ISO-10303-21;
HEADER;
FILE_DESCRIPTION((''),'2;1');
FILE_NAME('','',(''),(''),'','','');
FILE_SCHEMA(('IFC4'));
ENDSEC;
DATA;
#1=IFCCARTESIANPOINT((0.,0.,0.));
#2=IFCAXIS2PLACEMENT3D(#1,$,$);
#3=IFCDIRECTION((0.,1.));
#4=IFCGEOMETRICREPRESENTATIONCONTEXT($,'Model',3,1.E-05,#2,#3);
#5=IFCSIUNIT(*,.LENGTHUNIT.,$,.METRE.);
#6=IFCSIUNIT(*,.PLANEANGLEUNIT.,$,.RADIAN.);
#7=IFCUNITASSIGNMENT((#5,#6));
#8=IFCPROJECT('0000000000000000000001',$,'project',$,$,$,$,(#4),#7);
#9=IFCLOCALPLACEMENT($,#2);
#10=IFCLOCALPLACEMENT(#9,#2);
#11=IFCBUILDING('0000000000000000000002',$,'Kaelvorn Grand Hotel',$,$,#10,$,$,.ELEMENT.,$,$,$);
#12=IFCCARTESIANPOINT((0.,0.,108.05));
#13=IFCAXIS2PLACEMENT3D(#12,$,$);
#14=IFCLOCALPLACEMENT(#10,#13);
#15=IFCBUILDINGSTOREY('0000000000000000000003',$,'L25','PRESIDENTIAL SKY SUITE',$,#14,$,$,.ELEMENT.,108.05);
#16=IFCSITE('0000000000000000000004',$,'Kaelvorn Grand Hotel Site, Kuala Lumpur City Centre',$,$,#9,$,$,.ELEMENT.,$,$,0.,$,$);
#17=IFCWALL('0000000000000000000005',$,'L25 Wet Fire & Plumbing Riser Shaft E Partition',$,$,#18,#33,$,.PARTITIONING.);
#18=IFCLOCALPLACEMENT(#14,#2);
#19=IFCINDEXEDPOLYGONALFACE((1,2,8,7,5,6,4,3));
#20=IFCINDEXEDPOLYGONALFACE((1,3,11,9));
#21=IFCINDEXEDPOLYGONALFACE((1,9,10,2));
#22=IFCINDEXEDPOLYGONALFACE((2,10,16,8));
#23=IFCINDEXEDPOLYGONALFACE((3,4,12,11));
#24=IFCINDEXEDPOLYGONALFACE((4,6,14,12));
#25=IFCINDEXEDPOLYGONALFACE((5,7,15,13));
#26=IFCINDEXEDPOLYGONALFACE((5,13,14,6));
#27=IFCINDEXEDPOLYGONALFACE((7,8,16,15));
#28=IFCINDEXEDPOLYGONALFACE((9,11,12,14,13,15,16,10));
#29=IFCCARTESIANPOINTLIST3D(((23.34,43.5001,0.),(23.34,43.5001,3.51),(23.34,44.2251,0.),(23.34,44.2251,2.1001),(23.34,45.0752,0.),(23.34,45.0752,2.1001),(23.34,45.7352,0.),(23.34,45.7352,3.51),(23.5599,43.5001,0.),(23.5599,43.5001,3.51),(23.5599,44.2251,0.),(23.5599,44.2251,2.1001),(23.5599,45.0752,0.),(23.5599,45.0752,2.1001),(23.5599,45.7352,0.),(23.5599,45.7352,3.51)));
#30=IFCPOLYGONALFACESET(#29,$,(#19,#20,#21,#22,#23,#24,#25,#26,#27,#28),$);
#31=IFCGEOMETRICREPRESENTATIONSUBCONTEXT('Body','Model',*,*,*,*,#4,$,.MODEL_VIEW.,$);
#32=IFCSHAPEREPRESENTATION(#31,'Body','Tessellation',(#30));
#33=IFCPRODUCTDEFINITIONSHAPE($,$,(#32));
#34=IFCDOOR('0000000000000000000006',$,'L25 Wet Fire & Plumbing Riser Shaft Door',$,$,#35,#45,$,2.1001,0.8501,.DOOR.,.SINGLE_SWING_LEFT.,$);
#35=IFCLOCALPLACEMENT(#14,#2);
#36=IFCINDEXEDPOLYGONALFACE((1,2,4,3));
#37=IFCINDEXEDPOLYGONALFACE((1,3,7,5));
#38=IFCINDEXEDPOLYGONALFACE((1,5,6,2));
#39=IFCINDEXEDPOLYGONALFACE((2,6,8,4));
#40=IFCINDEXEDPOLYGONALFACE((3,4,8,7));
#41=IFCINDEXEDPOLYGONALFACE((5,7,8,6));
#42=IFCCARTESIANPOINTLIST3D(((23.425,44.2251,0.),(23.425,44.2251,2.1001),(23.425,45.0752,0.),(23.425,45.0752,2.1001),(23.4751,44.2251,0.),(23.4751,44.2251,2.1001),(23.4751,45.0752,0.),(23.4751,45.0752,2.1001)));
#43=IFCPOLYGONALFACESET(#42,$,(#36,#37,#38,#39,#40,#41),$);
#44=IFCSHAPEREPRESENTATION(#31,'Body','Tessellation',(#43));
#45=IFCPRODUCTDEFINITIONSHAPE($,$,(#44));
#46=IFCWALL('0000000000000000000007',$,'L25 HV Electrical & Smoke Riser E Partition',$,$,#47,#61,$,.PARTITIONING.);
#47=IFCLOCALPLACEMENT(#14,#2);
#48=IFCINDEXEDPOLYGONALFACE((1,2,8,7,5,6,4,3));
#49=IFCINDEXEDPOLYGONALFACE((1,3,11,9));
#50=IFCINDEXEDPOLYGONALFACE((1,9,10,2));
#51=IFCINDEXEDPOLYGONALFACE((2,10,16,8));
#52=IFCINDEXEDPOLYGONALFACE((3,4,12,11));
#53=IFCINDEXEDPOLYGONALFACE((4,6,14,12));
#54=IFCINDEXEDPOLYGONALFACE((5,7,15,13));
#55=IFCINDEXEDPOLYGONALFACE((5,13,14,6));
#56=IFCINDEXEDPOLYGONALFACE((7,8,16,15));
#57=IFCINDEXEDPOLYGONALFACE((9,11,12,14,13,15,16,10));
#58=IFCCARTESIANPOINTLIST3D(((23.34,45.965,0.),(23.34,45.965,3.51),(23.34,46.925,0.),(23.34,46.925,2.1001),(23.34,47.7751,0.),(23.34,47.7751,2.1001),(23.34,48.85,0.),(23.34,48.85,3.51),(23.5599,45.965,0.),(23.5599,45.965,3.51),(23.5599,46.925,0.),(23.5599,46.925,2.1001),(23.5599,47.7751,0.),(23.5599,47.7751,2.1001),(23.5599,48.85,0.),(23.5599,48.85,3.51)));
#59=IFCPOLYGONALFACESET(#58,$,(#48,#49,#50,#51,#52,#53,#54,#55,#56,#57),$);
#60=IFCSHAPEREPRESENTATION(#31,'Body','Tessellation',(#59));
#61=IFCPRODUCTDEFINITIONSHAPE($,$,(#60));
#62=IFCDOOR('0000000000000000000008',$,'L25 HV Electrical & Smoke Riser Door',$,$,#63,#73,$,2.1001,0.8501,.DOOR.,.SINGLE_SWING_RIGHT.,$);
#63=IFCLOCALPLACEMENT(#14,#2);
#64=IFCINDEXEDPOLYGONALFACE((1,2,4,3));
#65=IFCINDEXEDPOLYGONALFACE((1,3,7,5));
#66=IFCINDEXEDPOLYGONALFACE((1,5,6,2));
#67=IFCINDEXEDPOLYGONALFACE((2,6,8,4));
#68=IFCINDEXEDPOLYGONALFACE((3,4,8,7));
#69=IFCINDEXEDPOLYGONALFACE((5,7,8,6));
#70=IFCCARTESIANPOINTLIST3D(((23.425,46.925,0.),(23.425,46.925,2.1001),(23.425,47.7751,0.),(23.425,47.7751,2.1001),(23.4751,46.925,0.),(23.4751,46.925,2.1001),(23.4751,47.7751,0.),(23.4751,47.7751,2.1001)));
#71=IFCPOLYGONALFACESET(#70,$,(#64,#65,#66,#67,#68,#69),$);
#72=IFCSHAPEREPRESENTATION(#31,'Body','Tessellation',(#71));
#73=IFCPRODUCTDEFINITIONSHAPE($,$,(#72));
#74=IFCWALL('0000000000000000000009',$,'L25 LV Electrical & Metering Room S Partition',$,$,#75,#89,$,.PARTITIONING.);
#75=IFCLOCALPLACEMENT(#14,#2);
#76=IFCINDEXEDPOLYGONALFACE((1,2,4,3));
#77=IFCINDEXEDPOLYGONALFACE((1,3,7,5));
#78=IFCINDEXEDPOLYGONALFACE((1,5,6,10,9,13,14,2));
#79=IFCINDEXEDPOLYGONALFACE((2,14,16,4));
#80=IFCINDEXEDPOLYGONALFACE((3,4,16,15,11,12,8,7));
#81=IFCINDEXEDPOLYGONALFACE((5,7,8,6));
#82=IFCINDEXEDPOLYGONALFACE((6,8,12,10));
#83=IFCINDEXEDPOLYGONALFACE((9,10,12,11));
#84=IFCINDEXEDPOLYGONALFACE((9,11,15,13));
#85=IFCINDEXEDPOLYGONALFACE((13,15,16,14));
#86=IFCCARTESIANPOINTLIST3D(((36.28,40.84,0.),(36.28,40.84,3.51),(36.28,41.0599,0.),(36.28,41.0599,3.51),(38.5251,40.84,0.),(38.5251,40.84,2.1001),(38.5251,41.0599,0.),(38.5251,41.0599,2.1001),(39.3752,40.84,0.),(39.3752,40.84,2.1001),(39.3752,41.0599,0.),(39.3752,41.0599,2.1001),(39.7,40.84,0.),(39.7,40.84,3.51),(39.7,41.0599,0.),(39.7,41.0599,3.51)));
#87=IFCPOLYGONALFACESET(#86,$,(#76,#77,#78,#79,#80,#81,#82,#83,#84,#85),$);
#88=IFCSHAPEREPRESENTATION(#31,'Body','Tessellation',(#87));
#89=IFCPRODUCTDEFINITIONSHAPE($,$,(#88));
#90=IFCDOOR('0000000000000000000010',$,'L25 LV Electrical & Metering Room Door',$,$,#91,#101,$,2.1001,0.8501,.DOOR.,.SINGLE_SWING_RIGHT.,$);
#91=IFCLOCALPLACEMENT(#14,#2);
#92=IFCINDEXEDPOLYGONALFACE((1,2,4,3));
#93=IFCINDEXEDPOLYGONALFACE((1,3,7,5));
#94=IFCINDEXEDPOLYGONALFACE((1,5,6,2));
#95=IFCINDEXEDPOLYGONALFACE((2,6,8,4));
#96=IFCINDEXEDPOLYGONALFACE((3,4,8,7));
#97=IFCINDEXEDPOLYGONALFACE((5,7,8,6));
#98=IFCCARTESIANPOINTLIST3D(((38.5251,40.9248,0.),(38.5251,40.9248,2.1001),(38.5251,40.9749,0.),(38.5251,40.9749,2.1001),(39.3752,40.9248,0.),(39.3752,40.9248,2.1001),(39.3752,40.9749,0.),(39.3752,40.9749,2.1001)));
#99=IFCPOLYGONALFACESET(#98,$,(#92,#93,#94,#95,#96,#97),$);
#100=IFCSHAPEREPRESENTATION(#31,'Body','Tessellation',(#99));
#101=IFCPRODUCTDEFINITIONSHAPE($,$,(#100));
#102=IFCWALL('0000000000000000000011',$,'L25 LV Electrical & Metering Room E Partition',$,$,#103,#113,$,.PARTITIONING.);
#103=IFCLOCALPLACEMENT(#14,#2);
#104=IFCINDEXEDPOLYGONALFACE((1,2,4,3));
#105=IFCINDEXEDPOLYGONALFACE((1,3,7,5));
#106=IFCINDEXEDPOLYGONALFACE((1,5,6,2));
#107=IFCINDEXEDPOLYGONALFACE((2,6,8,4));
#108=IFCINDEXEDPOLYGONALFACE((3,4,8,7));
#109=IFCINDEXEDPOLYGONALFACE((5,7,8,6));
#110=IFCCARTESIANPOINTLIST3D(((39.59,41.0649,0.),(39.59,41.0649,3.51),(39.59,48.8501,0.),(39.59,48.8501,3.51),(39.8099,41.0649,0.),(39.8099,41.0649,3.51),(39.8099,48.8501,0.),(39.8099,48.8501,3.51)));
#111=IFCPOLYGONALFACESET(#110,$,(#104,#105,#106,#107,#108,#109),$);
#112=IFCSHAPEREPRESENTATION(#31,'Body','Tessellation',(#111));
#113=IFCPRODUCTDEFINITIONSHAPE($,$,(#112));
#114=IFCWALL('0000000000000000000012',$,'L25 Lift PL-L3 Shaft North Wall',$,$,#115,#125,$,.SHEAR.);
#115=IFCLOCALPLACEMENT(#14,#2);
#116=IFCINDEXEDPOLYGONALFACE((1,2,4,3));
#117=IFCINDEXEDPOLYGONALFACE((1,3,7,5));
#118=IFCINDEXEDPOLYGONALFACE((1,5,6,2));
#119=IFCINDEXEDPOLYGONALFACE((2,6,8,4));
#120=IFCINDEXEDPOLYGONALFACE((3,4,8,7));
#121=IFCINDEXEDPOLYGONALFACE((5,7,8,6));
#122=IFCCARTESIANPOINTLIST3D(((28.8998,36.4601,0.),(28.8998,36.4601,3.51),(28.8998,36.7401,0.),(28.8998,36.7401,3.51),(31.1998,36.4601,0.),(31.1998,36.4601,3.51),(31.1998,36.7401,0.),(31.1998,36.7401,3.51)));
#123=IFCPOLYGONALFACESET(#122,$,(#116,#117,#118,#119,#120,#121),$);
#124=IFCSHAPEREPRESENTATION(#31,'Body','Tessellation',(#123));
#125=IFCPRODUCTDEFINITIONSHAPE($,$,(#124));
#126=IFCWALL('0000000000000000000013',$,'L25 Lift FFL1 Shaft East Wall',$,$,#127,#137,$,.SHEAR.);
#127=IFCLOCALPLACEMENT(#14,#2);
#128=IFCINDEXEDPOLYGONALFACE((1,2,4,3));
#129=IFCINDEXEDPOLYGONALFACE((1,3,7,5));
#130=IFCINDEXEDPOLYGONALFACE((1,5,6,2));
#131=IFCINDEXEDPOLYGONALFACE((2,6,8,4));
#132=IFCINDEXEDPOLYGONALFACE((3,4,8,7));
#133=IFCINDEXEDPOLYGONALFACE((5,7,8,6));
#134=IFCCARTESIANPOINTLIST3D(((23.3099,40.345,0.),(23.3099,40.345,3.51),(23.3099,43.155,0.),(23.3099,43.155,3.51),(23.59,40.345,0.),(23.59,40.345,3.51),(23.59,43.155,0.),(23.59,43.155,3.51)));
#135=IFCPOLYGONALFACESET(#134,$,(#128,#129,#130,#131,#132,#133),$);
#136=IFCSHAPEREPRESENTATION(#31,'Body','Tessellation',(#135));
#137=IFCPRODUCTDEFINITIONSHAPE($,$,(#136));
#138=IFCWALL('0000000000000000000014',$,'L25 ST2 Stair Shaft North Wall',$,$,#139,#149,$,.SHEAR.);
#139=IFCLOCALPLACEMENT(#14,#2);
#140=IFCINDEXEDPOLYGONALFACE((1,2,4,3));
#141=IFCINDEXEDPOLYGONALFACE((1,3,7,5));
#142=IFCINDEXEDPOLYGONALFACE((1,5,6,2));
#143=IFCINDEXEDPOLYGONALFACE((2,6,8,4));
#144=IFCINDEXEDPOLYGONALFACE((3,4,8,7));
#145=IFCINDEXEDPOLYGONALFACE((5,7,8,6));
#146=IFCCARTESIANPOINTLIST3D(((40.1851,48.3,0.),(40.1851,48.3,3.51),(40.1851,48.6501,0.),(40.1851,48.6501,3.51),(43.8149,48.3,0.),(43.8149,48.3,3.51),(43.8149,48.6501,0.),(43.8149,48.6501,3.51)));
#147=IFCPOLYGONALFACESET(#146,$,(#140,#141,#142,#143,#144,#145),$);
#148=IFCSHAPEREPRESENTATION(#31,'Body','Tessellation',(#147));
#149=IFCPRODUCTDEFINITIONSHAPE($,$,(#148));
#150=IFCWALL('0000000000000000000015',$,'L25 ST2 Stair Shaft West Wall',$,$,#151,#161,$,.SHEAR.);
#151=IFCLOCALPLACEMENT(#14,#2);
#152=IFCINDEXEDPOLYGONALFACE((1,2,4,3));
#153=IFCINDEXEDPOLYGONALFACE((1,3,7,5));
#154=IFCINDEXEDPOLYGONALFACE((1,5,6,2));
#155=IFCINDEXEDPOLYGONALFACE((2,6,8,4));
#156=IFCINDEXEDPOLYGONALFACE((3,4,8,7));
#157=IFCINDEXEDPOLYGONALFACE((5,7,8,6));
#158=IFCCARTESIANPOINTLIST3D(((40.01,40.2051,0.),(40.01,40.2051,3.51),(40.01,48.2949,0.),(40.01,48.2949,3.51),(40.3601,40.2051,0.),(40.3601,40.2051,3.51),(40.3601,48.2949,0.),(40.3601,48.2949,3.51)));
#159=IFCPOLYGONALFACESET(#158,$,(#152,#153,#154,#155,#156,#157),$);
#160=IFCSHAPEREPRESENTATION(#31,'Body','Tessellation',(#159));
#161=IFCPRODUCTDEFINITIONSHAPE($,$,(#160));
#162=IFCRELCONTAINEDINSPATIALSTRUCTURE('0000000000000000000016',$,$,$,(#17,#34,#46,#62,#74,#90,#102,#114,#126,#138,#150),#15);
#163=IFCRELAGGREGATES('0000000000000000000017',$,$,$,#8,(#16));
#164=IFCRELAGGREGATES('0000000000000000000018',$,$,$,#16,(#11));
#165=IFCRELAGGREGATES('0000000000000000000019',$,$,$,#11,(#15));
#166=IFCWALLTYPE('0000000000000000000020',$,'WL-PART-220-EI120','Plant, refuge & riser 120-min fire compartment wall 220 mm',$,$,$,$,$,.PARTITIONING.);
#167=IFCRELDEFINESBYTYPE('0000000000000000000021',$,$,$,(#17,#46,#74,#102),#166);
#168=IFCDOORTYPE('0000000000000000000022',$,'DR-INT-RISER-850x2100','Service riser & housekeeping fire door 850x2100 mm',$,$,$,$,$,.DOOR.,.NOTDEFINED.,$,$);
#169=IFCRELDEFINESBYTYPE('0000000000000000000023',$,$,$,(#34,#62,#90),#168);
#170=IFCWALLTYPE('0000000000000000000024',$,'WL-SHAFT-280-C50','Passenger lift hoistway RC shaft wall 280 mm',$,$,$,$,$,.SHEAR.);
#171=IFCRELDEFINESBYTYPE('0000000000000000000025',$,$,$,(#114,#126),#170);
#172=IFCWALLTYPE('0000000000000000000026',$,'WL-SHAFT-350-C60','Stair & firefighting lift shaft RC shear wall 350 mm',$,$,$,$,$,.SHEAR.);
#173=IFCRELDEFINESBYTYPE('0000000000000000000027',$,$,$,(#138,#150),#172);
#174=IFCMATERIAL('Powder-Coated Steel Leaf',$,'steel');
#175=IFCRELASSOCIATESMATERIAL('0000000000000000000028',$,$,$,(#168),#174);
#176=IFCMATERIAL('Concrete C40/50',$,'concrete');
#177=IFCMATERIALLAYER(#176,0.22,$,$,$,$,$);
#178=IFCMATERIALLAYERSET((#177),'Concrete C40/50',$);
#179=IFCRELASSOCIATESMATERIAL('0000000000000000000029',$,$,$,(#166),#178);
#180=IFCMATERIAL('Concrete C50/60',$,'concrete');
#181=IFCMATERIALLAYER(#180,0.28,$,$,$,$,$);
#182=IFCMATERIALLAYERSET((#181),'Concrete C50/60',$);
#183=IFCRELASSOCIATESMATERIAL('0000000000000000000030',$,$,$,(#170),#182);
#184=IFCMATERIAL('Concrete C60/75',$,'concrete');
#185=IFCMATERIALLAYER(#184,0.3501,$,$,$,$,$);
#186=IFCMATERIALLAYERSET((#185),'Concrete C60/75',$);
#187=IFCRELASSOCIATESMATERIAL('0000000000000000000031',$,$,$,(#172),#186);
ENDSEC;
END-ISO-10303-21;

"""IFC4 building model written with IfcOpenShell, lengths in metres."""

from ifc_helpers import new_model, si_unit, direction, frame, frame_2d, origin, place, context, subcontext, project, spatial, rectangle, extrude, material, layer, layer_set, type_object, element, fill, save


model = new_model("IFC4")

# Units and contexts
model_context = context("Model", 3, precision=1e-05, world=origin(), true_north=direction((0.0, 1.0)))
body_context = subcontext(model_context, "Body", "Model", "MODEL_VIEW")
ifc_project = project(units=[si_unit("LENGTHUNIT", "METRE"), si_unit("PLANEANGLEUNIT", "RADIAN")], contexts=[model_context])

# Site, building, storey
site_placement = place(None, origin())
site = spatial("IfcSite", under=ifc_project, at=site_placement, Name="Kaelvorn Grand Hotel Site, Kuala Lumpur City Centre", CompositionType="ELEMENT", RefElevation=0.0)
building_placement = place(site_placement, origin())
building = spatial("IfcBuilding", under=site, at=building_placement, Name="Kaelvorn Grand Hotel", CompositionType="ELEMENT")
storey_placement = place(building_placement, frame((0.0, 0.0, 108.05)))
storey = spatial("IfcBuildingStorey", under=building, at=storey_placement, Name="L25", Description="PRESIDENTIAL SKY SUITE", CompositionType="ELEMENT", Elevation=108.05)

# Shared definitions
ifc_material_1 = material(Name="Concrete C60/75", Category="concrete")

# Shared definitions
ifc_material_2 = material(Name="Powder-Coated Steel Leaf", Category="steel")
door_type_1 = type_object("IfcDoorType", Name="DR-INT-RISER-850x2100", Description="Service riser & housekeeping fire door 850x2100 mm", OperationType="NOTDEFINED", PredefinedType="DOOR", material=ifc_material_2)

# Walls, openings, doors
ifc_material_3 = material(Name="Concrete C40/50", Category="concrete")
ifc_layer_1 = layer(ifc_material_3, 0.22)
ifc_layer_set_1 = layer_set([ifc_layer_1], Name="Concrete C40/50")
wall_type_1 = type_object("IfcWallType", Name="WL-PART-220-EI120", Description="Plant, refuge & riser 120-min fire compartment wall 220 mm", PredefinedType="PARTITIONING", material=ifc_layer_set_1)
wall_1_placement = place(storey_placement, frame((23.45, 43.5, 0.0), z_axis=(0.0, 0.0, 1.0), x_axis=(0.0, 1.0, 0.0)))
wall_1 = element("IfcWall", 1, at=wall_1_placement, inside=storey, type_object=wall_type_1, Name="L25 Wet Fire & Plumbing Riser Shaft E Partition", PredefinedType="PARTITIONING", context=body_context, shape_type="SweptSolid", body=[
    extrude(rectangle(XDim=2.2351, YDim=0.22, at=frame_2d((1.1177, 0.0))), origin(), (0.0, 0.0, 1.0), 3.51),
])
opening_1_placement = place(wall_1_placement, frame((0.7251, 0.0, 0.0)))
opening_1 = element("IfcOpeningElement", 2, at=opening_1_placement, cuts=wall_1, PredefinedType="OPENING", context=body_context, shape_type="SweptSolid", body=[
    extrude(rectangle(XDim=0.8501, YDim=2.1001, at=frame_2d((0.425, 1.05))), frame((0.0, 0.1201, 0.0), z_axis=(0.0, -1.0, 0.0), x_axis=(1.0, 0.0, 0.0)), (0.0, 0.0, 1.0), 0.24),
])
door_1_placement = place(opening_1_placement, origin())
door_1 = element("IfcDoor", 3, at=door_1_placement, inside=storey, type_object=door_type_1, Name="L25 Wet Fire & Plumbing Riser Shaft Door", OperationType="SINGLE_SWING_LEFT", OverallHeight=2.1001, OverallWidth=0.8501, PredefinedType="DOOR", context=body_context, shape_type="SweptSolid", body=[
    extrude(rectangle(XDim=0.8501, YDim=2.1001, at=frame_2d((0.425, 1.05))), frame((0.0, 0.0249, 0.0), z_axis=(0.0, -1.0, 0.0), x_axis=(1.0, 0.0, 0.0)), (0.0, 0.0, 1.0), 0.05),
])
fill(opening_1, door_1)
wall_2_placement = place(storey_placement, frame((23.45, 45.9651, 0.0), z_axis=(0.0, 0.0, 1.0), x_axis=(0.0, 1.0, 0.0)))
wall_2 = element("IfcWall", 4, at=wall_2_placement, inside=storey, type_object=wall_type_1, Name="L25 HV Electrical & Smoke Riser E Partition", PredefinedType="PARTITIONING", context=body_context, shape_type="SweptSolid", body=[
    extrude(rectangle(XDim=2.885, YDim=0.22, at=frame_2d((1.4424, 0.0))), origin(), (0.0, 0.0, 1.0), 3.51),
])
opening_2_placement = place(wall_2_placement, frame((0.96, 0.0, 0.0)))
opening_2 = element("IfcOpeningElement", 5, at=opening_2_placement, cuts=wall_2, PredefinedType="OPENING", context=body_context, shape_type="SweptSolid", body=[
    extrude(rectangle(XDim=0.8501, YDim=2.1001, at=frame_2d((0.425, 1.05))), frame((0.0, 0.1201, 0.0), z_axis=(0.0, -1.0, 0.0), x_axis=(1.0, 0.0, 0.0)), (0.0, 0.0, 1.0), 0.24),
])
door_2_placement = place(opening_2_placement, origin())
door_2 = element("IfcDoor", 6, at=door_2_placement, inside=storey, type_object=door_type_1, Name="L25 HV Electrical & Smoke Riser Door", OperationType="SINGLE_SWING_RIGHT", OverallHeight=2.1001, OverallWidth=0.8501, PredefinedType="DOOR", context=body_context, shape_type="SweptSolid", body=[
    extrude(rectangle(XDim=0.8501, YDim=2.1001, at=frame_2d((0.425, 1.05))), frame((0.0, 0.0249, 0.0), z_axis=(0.0, -1.0, 0.0), x_axis=(1.0, 0.0, 0.0)), (0.0, 0.0, 1.0), 0.05),
])
fill(opening_2, door_2)
wall_3_placement = place(storey_placement, frame((36.28, 40.95, 0.0), z_axis=(0.0, 0.0, 1.0), x_axis=(1.0, 0.0, 0.0)))
wall_3 = element("IfcWall", 7, at=wall_3_placement, inside=storey, type_object=wall_type_1, Name="L25 LV Electrical & Metering Room S Partition", PredefinedType="PARTITIONING", context=body_context, shape_type="SweptSolid", body=[
    extrude(rectangle(XDim=3.4199, YDim=0.22, at=frame_2d((1.71, 0.0))), origin(), (0.0, 0.0, 1.0), 3.51),
])
opening_3_placement = place(wall_3_placement, frame((2.2451, 0.0, 0.0)))
opening_3 = element("IfcOpeningElement", 8, at=opening_3_placement, cuts=wall_3, PredefinedType="OPENING", context=body_context, shape_type="SweptSolid", body=[
    extrude(rectangle(XDim=0.8501, YDim=2.1001, at=frame_2d((0.425, 1.05))), frame((0.0, 0.1201, 0.0), z_axis=(0.0, -1.0, 0.0), x_axis=(1.0, 0.0, 0.0)), (0.0, 0.0, 1.0), 0.24),
])
door_3_placement = place(opening_3_placement, origin())
door_3 = element("IfcDoor", 9, at=door_3_placement, inside=storey, type_object=door_type_1, Name="L25 LV Electrical & Metering Room Door", OperationType="SINGLE_SWING_RIGHT", OverallHeight=2.1001, OverallWidth=0.8501, PredefinedType="DOOR", context=body_context, shape_type="SweptSolid", body=[
    extrude(rectangle(XDim=0.8501, YDim=2.1001, at=frame_2d((0.425, 1.05))), frame((0.0, 0.0249, 0.0), z_axis=(0.0, -1.0, 0.0), x_axis=(1.0, 0.0, 0.0)), (0.0, 0.0, 1.0), 0.05),
])
fill(opening_3, door_3)

# Walls
wall_4_placement = place(storey_placement, frame((39.7, 41.0649, 0.0), z_axis=(0.0, 0.0, 1.0), x_axis=(0.0, 1.0, 0.0)))
element("IfcWall", 10, at=wall_4_placement, inside=storey, type_object=wall_type_1, Name="L25 LV Electrical & Metering Room E Partition", PredefinedType="PARTITIONING", context=body_context, shape_type="SweptSolid", body=[
    extrude(rectangle(XDim=7.7852, YDim=0.22, at=frame_2d((3.8926, 0.0))), origin(), (0.0, 0.0, 1.0), 3.51),
])
ifc_material_4 = material(Name="Concrete C50/60", Category="concrete")
ifc_layer_2 = layer(ifc_material_4, 0.28)
ifc_layer_set_2 = layer_set([ifc_layer_2], Name="Concrete C50/60")
wall_type_2 = type_object("IfcWallType", Name="WL-SHAFT-280-C50", Description="Passenger lift hoistway RC shaft wall 280 mm", PredefinedType="SHEAR", material=ifc_layer_set_2)
wall_5_placement = place(storey_placement, frame((28.8999, 36.6001, 0.0), z_axis=(0.0, 0.0, 1.0), x_axis=(1.0, 0.0, 0.0)))
element("IfcWall", 11, at=wall_5_placement, inside=storey, type_object=wall_type_2, Name="L25 Lift PL-L3 Shaft North Wall", PredefinedType="SHEAR", context=body_context, shape_type="SweptSolid", body=[
    extrude(rectangle(XDim=2.3, YDim=0.28, at=frame_2d((1.1499, 0.0))), origin(), (0.0, 0.0, 1.0), 3.51),
])
wall_6_placement = place(storey_placement, frame((23.45, 40.345, 0.0), z_axis=(0.0, 0.0, 1.0), x_axis=(0.0, 1.0, 0.0)))
element("IfcWall", 12, at=wall_6_placement, inside=storey, type_object=wall_type_2, Name="L25 Lift FFL1 Shaft East Wall", PredefinedType="SHEAR", context=body_context, shape_type="SweptSolid", body=[
    extrude(rectangle(XDim=2.8101, YDim=0.28, at=frame_2d((1.405, 0.0))), origin(), (0.0, 0.0, 1.0), 3.51),
])

# Shared definitions
ifc_layer_3 = layer(ifc_material_1, 0.3501)
ifc_layer_set_3 = layer_set([ifc_layer_3], Name="Concrete C60/75")
wall_type_3 = type_object("IfcWallType", Name="WL-SHAFT-350-C60", Description="Stair & firefighting lift shaft RC shear wall 350 mm", PredefinedType="SHEAR", material=ifc_layer_set_3)

# Walls
wall_7_placement = place(storey_placement, frame((40.1851, 48.4751, 0.0), z_axis=(0.0, 0.0, 1.0), x_axis=(1.0, 0.0, 0.0)))
element("IfcWall", 13, at=wall_7_placement, inside=storey, type_object=wall_type_3, Name="L25 ST2 Stair Shaft North Wall", PredefinedType="SHEAR", context=body_context, shape_type="SweptSolid", body=[
    extrude(rectangle(XDim=3.6299, YDim=0.3501, at=frame_2d((1.8149, 0.0))), origin(), (0.0, 0.0, 1.0), 3.51),
])
wall_8_placement = place(storey_placement, frame((40.1851, 40.2051, 0.0), z_axis=(0.0, 0.0, 1.0), x_axis=(0.0, 1.0, 0.0)))
element("IfcWall", 14, at=wall_8_placement, inside=storey, type_object=wall_type_3, Name="L25 ST2 Stair Shaft West Wall", PredefinedType="SHEAR", context=body_context, shape_type="SweptSolid", body=[
    extrude(rectangle(XDim=8.0898, YDim=0.3501, at=frame_2d((4.0449, 0.0))), origin(), (0.0, 0.0, 1.0), 3.51),
])

save(model, "model.ifc")
